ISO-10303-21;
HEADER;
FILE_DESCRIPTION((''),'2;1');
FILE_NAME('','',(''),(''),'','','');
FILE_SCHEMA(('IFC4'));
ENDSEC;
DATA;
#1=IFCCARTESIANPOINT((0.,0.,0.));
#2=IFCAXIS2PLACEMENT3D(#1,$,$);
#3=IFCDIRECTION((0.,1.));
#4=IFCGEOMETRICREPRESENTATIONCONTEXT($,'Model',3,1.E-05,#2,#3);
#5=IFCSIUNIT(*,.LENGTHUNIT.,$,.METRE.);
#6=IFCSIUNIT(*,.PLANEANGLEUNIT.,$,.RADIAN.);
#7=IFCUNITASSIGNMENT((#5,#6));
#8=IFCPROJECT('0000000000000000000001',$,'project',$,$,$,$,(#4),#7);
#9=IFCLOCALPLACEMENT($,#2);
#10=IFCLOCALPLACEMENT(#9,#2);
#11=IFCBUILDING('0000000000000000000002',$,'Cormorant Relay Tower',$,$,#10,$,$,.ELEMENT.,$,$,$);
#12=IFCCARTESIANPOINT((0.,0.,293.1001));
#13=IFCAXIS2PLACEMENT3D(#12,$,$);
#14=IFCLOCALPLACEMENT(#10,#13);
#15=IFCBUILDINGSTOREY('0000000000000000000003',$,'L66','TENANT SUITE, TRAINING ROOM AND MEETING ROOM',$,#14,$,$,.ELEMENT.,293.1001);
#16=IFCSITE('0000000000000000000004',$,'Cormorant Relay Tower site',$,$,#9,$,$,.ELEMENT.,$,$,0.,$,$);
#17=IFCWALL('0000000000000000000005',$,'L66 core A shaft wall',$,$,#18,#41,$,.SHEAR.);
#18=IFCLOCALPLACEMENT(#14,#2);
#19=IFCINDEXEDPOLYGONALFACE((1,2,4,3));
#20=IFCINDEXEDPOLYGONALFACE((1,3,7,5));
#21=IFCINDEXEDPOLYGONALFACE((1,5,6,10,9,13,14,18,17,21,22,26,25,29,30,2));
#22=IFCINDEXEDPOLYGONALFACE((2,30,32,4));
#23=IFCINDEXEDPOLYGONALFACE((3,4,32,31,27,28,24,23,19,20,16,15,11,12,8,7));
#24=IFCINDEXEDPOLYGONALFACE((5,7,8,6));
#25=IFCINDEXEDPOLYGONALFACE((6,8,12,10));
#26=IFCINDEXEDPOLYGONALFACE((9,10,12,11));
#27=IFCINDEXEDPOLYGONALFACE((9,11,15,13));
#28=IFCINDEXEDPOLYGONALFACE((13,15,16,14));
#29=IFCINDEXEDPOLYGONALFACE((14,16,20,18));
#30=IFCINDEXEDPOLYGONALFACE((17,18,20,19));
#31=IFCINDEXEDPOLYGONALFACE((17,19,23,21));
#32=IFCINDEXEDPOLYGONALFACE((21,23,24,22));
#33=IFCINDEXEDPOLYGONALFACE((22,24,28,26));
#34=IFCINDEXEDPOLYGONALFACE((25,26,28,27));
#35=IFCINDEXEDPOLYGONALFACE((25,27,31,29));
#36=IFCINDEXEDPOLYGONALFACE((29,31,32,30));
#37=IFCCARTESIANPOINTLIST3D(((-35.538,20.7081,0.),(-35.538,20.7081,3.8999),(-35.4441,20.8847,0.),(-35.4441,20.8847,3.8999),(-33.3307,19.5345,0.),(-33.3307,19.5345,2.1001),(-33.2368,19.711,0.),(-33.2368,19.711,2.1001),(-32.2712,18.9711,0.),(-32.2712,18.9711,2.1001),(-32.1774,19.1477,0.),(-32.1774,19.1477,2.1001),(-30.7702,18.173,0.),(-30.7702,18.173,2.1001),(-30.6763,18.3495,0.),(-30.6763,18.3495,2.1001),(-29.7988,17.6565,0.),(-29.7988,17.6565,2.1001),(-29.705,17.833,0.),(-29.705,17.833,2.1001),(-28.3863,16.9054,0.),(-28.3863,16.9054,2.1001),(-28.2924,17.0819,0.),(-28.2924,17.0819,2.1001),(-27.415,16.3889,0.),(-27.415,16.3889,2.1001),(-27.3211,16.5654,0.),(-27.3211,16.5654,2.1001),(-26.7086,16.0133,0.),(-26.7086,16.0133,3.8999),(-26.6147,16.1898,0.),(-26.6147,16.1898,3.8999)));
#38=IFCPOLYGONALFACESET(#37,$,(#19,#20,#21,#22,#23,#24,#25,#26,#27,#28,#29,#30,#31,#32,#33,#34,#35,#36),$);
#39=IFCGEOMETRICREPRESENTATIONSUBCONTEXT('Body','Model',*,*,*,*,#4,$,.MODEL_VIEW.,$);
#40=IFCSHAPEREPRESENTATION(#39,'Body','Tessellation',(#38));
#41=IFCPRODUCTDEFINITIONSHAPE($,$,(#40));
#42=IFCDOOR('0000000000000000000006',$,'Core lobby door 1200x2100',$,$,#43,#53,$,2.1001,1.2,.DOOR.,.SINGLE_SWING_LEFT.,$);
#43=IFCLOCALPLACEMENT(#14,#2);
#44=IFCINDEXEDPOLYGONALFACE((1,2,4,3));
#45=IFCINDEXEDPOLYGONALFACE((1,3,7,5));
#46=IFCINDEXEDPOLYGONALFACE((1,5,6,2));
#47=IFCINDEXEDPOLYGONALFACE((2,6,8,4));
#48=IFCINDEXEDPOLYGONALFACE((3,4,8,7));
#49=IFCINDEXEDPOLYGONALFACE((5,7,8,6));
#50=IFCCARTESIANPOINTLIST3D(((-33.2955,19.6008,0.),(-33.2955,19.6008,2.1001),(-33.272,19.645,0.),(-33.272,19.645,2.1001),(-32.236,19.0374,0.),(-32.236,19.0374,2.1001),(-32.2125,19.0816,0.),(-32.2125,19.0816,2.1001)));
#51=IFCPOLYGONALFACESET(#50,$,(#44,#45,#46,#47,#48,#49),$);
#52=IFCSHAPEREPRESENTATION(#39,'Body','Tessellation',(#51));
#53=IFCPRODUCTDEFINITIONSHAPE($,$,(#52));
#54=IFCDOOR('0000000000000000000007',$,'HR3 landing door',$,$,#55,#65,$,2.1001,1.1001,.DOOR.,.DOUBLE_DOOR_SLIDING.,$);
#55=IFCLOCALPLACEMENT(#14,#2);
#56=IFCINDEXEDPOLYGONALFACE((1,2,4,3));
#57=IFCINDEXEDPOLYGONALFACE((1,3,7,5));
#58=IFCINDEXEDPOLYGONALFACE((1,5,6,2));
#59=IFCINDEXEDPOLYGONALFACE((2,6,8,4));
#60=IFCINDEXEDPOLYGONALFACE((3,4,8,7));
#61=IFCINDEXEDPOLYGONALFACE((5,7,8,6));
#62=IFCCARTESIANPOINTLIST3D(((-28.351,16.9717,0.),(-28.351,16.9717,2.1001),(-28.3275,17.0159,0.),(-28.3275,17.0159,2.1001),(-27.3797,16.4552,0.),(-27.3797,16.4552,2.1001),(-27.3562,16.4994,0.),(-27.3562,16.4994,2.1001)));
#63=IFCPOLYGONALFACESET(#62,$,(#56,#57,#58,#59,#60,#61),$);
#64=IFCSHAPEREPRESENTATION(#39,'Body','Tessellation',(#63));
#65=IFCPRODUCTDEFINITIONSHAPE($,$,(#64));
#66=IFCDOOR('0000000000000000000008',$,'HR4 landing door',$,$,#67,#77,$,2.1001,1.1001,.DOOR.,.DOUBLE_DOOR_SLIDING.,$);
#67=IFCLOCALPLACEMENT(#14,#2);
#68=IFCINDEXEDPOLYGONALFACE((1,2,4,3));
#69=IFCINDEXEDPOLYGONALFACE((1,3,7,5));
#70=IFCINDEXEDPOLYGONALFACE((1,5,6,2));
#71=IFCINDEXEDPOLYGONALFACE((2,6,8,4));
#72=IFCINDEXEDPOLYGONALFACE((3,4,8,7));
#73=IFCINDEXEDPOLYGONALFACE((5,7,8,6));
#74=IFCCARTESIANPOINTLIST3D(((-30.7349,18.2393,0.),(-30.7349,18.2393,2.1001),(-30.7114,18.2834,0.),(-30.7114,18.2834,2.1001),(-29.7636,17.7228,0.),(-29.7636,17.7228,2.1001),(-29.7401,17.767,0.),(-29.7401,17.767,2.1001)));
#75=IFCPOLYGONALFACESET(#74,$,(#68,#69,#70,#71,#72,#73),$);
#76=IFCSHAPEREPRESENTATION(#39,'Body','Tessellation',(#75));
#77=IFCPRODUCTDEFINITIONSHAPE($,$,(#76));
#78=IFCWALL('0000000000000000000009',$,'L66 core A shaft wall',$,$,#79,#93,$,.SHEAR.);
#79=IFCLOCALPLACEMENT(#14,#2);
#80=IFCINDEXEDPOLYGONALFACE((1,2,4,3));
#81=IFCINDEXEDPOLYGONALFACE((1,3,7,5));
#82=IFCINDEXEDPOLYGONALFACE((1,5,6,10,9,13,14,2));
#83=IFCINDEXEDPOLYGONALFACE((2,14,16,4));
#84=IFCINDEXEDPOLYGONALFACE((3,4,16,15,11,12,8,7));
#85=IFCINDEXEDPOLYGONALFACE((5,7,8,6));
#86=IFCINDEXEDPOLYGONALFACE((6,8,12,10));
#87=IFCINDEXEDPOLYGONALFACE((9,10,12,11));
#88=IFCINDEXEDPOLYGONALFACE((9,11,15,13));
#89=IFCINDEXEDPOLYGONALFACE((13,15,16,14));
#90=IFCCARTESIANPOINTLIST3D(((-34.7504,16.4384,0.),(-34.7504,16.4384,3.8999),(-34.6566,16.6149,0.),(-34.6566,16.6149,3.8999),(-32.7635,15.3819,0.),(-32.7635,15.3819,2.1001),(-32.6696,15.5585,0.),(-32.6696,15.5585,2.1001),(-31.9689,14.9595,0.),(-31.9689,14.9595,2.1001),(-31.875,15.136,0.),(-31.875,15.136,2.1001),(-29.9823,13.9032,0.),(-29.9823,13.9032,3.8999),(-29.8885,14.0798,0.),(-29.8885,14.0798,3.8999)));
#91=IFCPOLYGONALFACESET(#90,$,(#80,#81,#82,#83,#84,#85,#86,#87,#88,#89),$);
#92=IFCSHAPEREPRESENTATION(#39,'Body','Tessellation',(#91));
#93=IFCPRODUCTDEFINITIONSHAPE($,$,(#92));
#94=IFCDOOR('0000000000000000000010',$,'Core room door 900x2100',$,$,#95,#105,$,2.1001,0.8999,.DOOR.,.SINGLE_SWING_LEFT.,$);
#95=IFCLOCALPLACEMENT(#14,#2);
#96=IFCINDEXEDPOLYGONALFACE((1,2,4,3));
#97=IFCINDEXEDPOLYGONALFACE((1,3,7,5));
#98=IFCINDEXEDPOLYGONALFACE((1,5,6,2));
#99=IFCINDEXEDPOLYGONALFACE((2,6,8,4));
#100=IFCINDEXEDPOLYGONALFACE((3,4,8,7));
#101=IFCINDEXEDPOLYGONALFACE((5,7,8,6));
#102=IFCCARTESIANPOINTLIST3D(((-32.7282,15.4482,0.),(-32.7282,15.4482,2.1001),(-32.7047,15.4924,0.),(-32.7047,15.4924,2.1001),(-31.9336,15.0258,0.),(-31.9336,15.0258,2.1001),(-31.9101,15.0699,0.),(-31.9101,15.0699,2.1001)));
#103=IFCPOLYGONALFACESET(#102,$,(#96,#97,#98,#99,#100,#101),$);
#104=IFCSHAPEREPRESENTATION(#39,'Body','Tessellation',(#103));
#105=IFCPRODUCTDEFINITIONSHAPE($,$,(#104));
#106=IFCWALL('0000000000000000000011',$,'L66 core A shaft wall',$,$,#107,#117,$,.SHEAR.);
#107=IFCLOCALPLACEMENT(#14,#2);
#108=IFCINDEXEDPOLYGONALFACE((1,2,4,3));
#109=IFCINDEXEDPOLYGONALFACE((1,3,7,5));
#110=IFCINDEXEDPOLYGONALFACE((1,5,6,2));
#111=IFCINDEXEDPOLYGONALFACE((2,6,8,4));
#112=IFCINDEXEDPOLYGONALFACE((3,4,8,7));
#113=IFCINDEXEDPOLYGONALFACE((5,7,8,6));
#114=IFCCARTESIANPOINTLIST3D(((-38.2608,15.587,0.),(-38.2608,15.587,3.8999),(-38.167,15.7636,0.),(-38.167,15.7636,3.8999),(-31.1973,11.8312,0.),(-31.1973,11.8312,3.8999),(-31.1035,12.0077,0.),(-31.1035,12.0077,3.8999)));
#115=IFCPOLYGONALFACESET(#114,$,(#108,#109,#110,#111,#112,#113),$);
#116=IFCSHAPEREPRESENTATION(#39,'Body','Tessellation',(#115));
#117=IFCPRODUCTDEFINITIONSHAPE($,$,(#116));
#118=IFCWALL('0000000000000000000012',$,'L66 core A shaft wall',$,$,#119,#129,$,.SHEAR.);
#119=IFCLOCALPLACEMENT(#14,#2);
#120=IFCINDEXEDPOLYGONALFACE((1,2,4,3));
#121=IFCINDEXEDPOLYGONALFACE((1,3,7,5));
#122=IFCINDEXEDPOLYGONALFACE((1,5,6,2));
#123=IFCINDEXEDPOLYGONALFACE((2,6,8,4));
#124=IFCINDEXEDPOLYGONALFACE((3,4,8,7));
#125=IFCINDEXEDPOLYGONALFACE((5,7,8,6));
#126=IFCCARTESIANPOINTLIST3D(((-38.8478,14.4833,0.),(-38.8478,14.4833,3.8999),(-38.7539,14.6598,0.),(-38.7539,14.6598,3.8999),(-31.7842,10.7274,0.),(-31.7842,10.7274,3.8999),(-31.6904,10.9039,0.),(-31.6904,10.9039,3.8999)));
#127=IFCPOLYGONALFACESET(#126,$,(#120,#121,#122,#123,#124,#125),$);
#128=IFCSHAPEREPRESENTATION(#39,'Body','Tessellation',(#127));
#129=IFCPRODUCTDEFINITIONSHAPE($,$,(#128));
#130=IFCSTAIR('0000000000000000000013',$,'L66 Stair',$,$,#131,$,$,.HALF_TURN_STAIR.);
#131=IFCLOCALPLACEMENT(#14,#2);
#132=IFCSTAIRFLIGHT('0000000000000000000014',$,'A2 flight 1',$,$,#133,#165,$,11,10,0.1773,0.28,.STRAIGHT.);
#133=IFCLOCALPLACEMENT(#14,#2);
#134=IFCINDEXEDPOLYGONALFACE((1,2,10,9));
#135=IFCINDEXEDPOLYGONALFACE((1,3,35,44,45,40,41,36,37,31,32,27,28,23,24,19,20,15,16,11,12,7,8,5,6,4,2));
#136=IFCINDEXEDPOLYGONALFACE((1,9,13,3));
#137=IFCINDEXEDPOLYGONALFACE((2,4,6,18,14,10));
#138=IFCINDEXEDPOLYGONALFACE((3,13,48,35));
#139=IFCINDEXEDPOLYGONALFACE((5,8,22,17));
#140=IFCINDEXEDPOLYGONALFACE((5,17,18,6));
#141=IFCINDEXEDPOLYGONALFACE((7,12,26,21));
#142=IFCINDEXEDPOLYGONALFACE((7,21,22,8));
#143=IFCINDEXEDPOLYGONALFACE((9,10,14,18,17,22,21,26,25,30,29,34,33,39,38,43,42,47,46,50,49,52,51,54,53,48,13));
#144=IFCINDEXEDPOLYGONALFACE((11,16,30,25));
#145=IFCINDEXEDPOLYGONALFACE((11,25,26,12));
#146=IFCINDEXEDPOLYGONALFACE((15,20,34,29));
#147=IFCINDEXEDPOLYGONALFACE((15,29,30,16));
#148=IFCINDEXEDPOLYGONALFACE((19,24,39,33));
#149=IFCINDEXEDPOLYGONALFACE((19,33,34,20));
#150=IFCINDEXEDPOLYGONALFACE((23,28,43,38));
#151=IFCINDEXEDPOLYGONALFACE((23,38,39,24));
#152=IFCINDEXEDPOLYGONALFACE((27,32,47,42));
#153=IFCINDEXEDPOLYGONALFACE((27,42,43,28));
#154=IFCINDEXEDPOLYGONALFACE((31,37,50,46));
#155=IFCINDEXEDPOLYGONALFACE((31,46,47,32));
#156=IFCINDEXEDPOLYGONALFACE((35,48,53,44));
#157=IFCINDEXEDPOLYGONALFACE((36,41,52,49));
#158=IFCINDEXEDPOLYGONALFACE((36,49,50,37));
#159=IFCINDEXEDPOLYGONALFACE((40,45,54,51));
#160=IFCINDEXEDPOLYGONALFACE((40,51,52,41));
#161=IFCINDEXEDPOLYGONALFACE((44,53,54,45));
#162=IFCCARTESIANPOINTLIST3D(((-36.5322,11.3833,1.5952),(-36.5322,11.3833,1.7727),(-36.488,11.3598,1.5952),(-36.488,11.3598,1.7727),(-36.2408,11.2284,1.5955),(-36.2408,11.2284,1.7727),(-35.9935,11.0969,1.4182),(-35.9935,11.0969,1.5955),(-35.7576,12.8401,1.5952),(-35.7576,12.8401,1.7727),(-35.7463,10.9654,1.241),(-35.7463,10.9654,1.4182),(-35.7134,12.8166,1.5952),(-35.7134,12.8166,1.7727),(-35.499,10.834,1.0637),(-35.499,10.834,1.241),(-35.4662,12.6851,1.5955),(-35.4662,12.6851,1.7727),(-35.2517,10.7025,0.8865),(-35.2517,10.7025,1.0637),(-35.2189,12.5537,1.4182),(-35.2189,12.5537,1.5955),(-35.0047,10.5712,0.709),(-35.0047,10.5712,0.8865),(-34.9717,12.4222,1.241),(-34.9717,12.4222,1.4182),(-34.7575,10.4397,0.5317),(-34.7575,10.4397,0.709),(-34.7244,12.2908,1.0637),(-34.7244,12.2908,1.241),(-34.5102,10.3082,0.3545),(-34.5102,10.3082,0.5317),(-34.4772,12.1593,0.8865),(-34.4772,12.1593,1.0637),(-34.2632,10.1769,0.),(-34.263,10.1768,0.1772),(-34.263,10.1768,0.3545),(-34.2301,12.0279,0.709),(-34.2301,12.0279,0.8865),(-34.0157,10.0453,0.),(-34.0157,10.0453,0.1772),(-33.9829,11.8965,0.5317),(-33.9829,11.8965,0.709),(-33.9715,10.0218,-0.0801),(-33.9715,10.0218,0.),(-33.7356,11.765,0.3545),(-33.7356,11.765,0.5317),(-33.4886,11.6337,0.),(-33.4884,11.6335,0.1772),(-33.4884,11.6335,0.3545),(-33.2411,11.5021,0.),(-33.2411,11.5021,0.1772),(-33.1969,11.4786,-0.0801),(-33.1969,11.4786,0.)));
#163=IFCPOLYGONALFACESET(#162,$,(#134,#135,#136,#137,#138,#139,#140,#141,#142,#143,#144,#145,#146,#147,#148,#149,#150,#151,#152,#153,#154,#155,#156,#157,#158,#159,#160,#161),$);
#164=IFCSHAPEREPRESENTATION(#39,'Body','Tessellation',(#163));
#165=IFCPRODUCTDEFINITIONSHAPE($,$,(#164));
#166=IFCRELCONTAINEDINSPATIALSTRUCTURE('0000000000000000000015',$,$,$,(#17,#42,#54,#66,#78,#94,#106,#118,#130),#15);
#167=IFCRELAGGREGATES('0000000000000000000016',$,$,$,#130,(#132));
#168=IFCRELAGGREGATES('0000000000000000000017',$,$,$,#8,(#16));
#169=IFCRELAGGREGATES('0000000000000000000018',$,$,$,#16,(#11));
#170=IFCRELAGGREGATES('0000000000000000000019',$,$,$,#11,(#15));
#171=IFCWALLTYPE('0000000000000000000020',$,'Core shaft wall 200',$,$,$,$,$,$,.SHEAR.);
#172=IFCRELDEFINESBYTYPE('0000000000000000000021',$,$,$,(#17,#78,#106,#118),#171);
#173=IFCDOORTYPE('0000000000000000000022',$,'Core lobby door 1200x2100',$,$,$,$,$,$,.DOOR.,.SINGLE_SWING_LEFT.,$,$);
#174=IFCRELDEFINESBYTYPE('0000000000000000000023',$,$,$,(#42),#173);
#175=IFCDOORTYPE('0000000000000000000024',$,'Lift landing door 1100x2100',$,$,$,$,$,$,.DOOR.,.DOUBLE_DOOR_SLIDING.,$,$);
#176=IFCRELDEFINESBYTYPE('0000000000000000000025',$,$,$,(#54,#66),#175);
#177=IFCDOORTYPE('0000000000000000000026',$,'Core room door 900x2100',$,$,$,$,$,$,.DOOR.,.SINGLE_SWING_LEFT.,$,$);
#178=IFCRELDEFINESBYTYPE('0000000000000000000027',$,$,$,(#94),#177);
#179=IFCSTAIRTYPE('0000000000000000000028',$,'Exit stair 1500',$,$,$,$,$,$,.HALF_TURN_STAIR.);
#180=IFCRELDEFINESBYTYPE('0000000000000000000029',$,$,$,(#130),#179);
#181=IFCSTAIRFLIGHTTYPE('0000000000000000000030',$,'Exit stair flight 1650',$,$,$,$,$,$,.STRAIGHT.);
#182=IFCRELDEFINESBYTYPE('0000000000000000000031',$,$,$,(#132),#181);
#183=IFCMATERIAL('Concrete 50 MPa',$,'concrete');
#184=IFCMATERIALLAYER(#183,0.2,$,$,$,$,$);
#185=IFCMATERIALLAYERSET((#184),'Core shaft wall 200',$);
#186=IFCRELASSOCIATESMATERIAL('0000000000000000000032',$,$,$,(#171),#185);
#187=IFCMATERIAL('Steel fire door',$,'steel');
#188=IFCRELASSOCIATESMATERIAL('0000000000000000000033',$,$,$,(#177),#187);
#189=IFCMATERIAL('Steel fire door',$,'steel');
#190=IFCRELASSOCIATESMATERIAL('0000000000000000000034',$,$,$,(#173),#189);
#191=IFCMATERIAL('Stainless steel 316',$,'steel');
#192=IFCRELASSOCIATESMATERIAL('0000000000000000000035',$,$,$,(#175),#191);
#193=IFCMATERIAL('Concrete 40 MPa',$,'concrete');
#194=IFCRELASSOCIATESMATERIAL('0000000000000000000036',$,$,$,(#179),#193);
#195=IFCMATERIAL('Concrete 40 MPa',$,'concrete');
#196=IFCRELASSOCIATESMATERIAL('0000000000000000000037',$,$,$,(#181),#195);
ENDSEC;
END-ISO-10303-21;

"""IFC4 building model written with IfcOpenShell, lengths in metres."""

from ifc_helpers import new_model, si_unit, direction, frame, frame_2d, origin, place, context, subcontext, project, spatial, polyline, rectangle, outline, extrude, material, layer, layer_set, type_object, element, fill, aggregate, save


model = new_model("IFC4")

# Units and contexts
model_context = context("Model", 3, precision=1e-05, world=origin(), true_north=direction((0.0, 1.0)))
body_context = subcontext(model_context, "Body", "Model", "MODEL_VIEW")
ifc_project = project(units=[si_unit("LENGTHUNIT", "METRE"), si_unit("PLANEANGLEUNIT", "RADIAN")], contexts=[model_context])

# Site, building, storey
site_placement = place(None, origin())
site = spatial("IfcSite", under=ifc_project, at=site_placement, Name="Cormorant Relay Tower site", CompositionType="ELEMENT", RefElevation=0.0)
building_placement = place(site_placement, origin())
building = spatial("IfcBuilding", under=site, at=building_placement, Name="Cormorant Relay Tower", CompositionType="ELEMENT")
storey_placement = place(building_placement, frame((0.0, 0.0, 293.1001)))
storey = spatial("IfcBuildingStorey", under=building, at=storey_placement, Name="L66", Description="TENANT SUITE, TRAINING ROOM AND MEETING ROOM", CompositionType="ELEMENT", Elevation=293.1001)

# Shared definitions
ifc_material_1 = material(Name="Concrete 50 MPa", Category="concrete")
ifc_layer_1 = layer(ifc_material_1, 0.2)
ifc_layer_set_1 = layer_set([ifc_layer_1], Name="Core shaft wall 200")
wall_type_1 = type_object("IfcWallType", Name="Core shaft wall 200", PredefinedType="SHEAR", material=ifc_layer_set_1)
ifc_material_2 = material(Name="Steel fire door", Category="steel")
door_type_1 = type_object("IfcDoorType", Name="Core room door 900x2100", OperationType="SINGLE_SWING_LEFT", PredefinedType="DOOR", material=ifc_material_2)

# Wall, openings, doors
wall_1_placement = place(storey_placement, frame((-26.6616, 16.1016, 0.0), z_axis=(0.0, 0.0, 1.0), x_axis=(-0.88294, 0.469485, 0.0)))
wall_1 = element("IfcWall", 1, at=wall_1_placement, inside=storey, type_object=wall_type_1, Name="L66 core A shaft wall", PredefinedType="SHEAR", context=body_context, shape_type="SweptSolid", body=[
    extrude(rectangle(XDim=10.0, YDim=0.2, at=frame_2d((5.0, 0.0))), origin(), (0.0, 0.0, 1.0), 3.8999),
])
opening_1_placement = place(wall_1_placement, frame((6.3, 0.0, 0.0)))
opening_1 = element("IfcOpeningElement", 2, at=opening_1_placement, cuts=wall_1, PredefinedType="OPENING", context=body_context, shape_type="SweptSolid", body=[
    extrude(rectangle(XDim=1.2, YDim=2.1001, at=frame_2d((0.6001, 1.05))), frame((0.0, 0.1099, 0.0), z_axis=(0.0, -1.0, 0.0), x_axis=(1.0, 0.0, 0.0)), (0.0, 0.0, 1.0), 0.22),
])
opening_2_placement = place(wall_1_placement, frame((0.8, 0.0, 0.0)))
opening_2 = element("IfcOpeningElement", 3, at=opening_2_placement, cuts=wall_1, PredefinedType="OPENING", context=body_context, shape_type="SweptSolid", body=[
    extrude(rectangle(XDim=1.1001, YDim=2.1001, at=frame_2d((0.55, 1.05))), frame((0.0, 0.1099, 0.0), z_axis=(0.0, -1.0, 0.0), x_axis=(1.0, 0.0, 0.0)), (0.0, 0.0, 1.0), 0.22),
])
opening_3_placement = place(wall_1_placement, frame((3.5, 0.0, 0.0)))
opening_3 = element("IfcOpeningElement", 4, at=opening_3_placement, cuts=wall_1, PredefinedType="OPENING", context=body_context, shape_type="SweptSolid", body=[
    extrude(rectangle(XDim=1.1001, YDim=2.1001, at=frame_2d((0.55, 1.05))), frame((0.0, 0.1099, 0.0), z_axis=(0.0, -1.0, 0.0), x_axis=(1.0, 0.0, 0.0)), (0.0, 0.0, 1.0), 0.22),
])
ifc_material_3 = material(Name="Steel fire door", Category="steel")
door_type_2 = type_object("IfcDoorType", Name="Core lobby door 1200x2100", OperationType="SINGLE_SWING_LEFT", PredefinedType="DOOR", material=ifc_material_3)
door_1_placement = place(opening_1_placement, origin())
door_1 = element("IfcDoor", 5, at=door_1_placement, inside=storey, type_object=door_type_2, Name="Core lobby door 1200x2100", OperationType="SINGLE_SWING_LEFT", OverallHeight=2.1001, OverallWidth=1.2, PredefinedType="DOOR", context=body_context, shape_type="SweptSolid", body=[
    extrude(rectangle(XDim=1.2, YDim=2.1001, at=frame_2d((0.6001, 1.05))), frame((0.0, 0.0249, 0.0), z_axis=(0.0, -1.0, 0.0), x_axis=(1.0, 0.0, 0.0)), (0.0, 0.0, 1.0), 0.05),
])
fill(opening_1, door_1)
ifc_material_4 = material(Name="Stainless steel 316", Category="steel")
door_type_3 = type_object("IfcDoorType", Name="Lift landing door 1100x2100", OperationType="DOUBLE_DOOR_SLIDING", PredefinedType="DOOR", material=ifc_material_4)
door_2_placement = place(opening_2_placement, origin())
door_2 = element("IfcDoor", 6, at=door_2_placement, inside=storey, type_object=door_type_3, Name="HR3 landing door", OperationType="DOUBLE_DOOR_SLIDING", OverallHeight=2.1001, OverallWidth=1.1001, PredefinedType="DOOR", context=body_context, shape_type="SweptSolid", body=[
    extrude(rectangle(XDim=1.1001, YDim=2.1001, at=frame_2d((0.55, 1.05))), frame((0.0, 0.0249, 0.0), z_axis=(0.0, -1.0, 0.0), x_axis=(1.0, 0.0, 0.0)), (0.0, 0.0, 1.0), 0.05),
])
fill(opening_2, door_2)
door_3_placement = place(opening_3_placement, origin())
door_3 = element("IfcDoor", 7, at=door_3_placement, inside=storey, type_object=door_type_3, Name="HR4 landing door", OperationType="DOUBLE_DOOR_SLIDING", OverallHeight=2.1001, OverallWidth=1.1001, PredefinedType="DOOR", context=body_context, shape_type="SweptSolid", body=[
    extrude(rectangle(XDim=1.1001, YDim=2.1001, at=frame_2d((0.55, 1.05))), frame((0.0, 0.0249, 0.0), z_axis=(0.0, -1.0, 0.0), x_axis=(1.0, 0.0, 0.0)), (0.0, 0.0, 1.0), 0.05),
])
fill(opening_3, door_3)

# Wall, opening, door
wall_2_placement = place(storey_placement, frame((-29.9353, 13.9915, 0.0), z_axis=(0.0, 0.0, 1.0), x_axis=(-0.882953, 0.469462, 0.0)))
wall_2 = element("IfcWall", 8, at=wall_2_placement, inside=storey, type_object=wall_type_1, Name="L66 core A shaft wall", PredefinedType="SHEAR", context=body_context, shape_type="SweptSolid", body=[
    extrude(rectangle(XDim=5.4001, YDim=0.2, at=frame_2d((2.7002, 0.0))), origin(), (0.0, 0.0, 1.0), 3.8999),
])
opening_4_placement = place(wall_2_placement, frame((2.25, 0.0, 0.0)))
opening_4 = element("IfcOpeningElement", 9, at=opening_4_placement, cuts=wall_2, PredefinedType="OPENING", context=body_context, shape_type="SweptSolid", body=[
    extrude(rectangle(XDim=0.8999, YDim=2.1001, at=frame_2d((0.45, 1.05))), frame((0.0, 0.1099, 0.0), z_axis=(0.0, -1.0, 0.0), x_axis=(1.0, 0.0, 0.0)), (0.0, 0.0, 1.0), 0.22),
])
door_4_placement = place(opening_4_placement, origin())
door_4 = element("IfcDoor", 10, at=door_4_placement, inside=storey, type_object=door_type_1, Name="Core room door 900x2100", OperationType="SINGLE_SWING_LEFT", OverallHeight=2.1001, OverallWidth=0.8999, PredefinedType="DOOR", context=body_context, shape_type="SweptSolid", body=[
    extrude(rectangle(XDim=0.8999, YDim=2.1001, at=frame_2d((0.45, 1.05))), frame((0.0, 0.0249, 0.0), z_axis=(0.0, -1.0, 0.0), x_axis=(1.0, 0.0, 0.0)), (0.0, 0.0, 1.0), 0.05),
])
fill(opening_4, door_4)

# Walls
for number, where, z_axis, x_axis, name in (
    (11, (-31.1504, 11.9194, 0.0), (0.0, 0.0, 1.0), (-0.88294, 0.469485, 0.0), "L66 core A shaft wall"),
    (12, (-31.7373, 10.8157, 0.0), (0.0, 0.0, 1.0), (-0.88294, 0.469485, 0.0), "L66 core A shaft wall"),
):
    element("IfcWall", number, at=place(storey_placement, frame(where, z_axis=z_axis, x_axis=x_axis)), inside=storey, type_object=wall_type_1, Name=name, PredefinedType="SHEAR", context=body_context, shape_type="SweptSolid", body=[
        extrude(rectangle(XDim=8.0, YDim=0.2, at=frame_2d((4.0, 0.0))), origin(), (0.0, 0.0, 1.0), 3.8999),
    ])

# Stair, stair flight
ifc_material_5 = material(Name="Concrete 40 MPa", Category="concrete")
stair_type = type_object("IfcStairType", Name="Exit stair 1500", PredefinedType="HALF_TURN_STAIR", material=ifc_material_5)
stair_placement = place(storey_placement, origin())
stair = element("IfcStair", 13, at=stair_placement, inside=storey, type_object=stair_type, Name="L66 Stair", PredefinedType="HALF_TURN_STAIR")
ifc_material_6 = material(Name="Concrete 40 MPa", Category="concrete")
stair_flight_type = type_object("IfcStairFlightType", Name="Exit stair flight 1650", PredefinedType="STRAIGHT", material=ifc_material_6)
stair_flight_placement = place(storey_placement, frame((-33.6284, 10.7737, 0.0), z_axis=(0.0, 0.0, 1.0), x_axis=(-0.882948, 0.469472, 0.0)))
stair_flight = element("IfcStairFlight", 14, at=stair_flight_placement, type_object=stair_flight_type, Name="A2 flight 1", NumberOfRisers=11, NumberOfTreads=10, PredefinedType="STRAIGHT", RiserHeight=0.1773, TreadLength=0.28, context=body_context, shape_type="SweptSolid", body=[
    extrude(outline(polyline([(-0.05, -0.0801), (-0.05, 0.0), (0.0, 0.0), (0.0, 0.1772), (0.28, 0.1772), (0.28, 0.3545), (0.5601, 0.3545), (0.5601, 0.5317), (0.8401, 0.5317), (0.8401, 0.709), (1.1201, 0.709), (1.1201, 0.8865), (1.3999, 0.8865), (1.3999, 1.0637), (1.6799, 1.0637), (1.6799, 1.241), (1.96, 1.241), (1.96, 1.4182), (2.24, 1.4182), (2.24, 1.5955), (2.52, 1.5955), (2.52, 1.7727), (2.8, 1.7727), (2.8501, 1.7727), (2.8501, 1.5952), (2.8, 1.5952), (0.2803, 0.0), (-0.05, -0.0801)])), frame((0.0, 0.825, 0.0), z_axis=(0.0, -1.0, 0.0), x_axis=(1.0, 0.0, 0.0)), (0.0, 0.0, 1.0), 1.6499),
])
aggregate(stair, [stair_flight])

save(model, "model.ifc")
